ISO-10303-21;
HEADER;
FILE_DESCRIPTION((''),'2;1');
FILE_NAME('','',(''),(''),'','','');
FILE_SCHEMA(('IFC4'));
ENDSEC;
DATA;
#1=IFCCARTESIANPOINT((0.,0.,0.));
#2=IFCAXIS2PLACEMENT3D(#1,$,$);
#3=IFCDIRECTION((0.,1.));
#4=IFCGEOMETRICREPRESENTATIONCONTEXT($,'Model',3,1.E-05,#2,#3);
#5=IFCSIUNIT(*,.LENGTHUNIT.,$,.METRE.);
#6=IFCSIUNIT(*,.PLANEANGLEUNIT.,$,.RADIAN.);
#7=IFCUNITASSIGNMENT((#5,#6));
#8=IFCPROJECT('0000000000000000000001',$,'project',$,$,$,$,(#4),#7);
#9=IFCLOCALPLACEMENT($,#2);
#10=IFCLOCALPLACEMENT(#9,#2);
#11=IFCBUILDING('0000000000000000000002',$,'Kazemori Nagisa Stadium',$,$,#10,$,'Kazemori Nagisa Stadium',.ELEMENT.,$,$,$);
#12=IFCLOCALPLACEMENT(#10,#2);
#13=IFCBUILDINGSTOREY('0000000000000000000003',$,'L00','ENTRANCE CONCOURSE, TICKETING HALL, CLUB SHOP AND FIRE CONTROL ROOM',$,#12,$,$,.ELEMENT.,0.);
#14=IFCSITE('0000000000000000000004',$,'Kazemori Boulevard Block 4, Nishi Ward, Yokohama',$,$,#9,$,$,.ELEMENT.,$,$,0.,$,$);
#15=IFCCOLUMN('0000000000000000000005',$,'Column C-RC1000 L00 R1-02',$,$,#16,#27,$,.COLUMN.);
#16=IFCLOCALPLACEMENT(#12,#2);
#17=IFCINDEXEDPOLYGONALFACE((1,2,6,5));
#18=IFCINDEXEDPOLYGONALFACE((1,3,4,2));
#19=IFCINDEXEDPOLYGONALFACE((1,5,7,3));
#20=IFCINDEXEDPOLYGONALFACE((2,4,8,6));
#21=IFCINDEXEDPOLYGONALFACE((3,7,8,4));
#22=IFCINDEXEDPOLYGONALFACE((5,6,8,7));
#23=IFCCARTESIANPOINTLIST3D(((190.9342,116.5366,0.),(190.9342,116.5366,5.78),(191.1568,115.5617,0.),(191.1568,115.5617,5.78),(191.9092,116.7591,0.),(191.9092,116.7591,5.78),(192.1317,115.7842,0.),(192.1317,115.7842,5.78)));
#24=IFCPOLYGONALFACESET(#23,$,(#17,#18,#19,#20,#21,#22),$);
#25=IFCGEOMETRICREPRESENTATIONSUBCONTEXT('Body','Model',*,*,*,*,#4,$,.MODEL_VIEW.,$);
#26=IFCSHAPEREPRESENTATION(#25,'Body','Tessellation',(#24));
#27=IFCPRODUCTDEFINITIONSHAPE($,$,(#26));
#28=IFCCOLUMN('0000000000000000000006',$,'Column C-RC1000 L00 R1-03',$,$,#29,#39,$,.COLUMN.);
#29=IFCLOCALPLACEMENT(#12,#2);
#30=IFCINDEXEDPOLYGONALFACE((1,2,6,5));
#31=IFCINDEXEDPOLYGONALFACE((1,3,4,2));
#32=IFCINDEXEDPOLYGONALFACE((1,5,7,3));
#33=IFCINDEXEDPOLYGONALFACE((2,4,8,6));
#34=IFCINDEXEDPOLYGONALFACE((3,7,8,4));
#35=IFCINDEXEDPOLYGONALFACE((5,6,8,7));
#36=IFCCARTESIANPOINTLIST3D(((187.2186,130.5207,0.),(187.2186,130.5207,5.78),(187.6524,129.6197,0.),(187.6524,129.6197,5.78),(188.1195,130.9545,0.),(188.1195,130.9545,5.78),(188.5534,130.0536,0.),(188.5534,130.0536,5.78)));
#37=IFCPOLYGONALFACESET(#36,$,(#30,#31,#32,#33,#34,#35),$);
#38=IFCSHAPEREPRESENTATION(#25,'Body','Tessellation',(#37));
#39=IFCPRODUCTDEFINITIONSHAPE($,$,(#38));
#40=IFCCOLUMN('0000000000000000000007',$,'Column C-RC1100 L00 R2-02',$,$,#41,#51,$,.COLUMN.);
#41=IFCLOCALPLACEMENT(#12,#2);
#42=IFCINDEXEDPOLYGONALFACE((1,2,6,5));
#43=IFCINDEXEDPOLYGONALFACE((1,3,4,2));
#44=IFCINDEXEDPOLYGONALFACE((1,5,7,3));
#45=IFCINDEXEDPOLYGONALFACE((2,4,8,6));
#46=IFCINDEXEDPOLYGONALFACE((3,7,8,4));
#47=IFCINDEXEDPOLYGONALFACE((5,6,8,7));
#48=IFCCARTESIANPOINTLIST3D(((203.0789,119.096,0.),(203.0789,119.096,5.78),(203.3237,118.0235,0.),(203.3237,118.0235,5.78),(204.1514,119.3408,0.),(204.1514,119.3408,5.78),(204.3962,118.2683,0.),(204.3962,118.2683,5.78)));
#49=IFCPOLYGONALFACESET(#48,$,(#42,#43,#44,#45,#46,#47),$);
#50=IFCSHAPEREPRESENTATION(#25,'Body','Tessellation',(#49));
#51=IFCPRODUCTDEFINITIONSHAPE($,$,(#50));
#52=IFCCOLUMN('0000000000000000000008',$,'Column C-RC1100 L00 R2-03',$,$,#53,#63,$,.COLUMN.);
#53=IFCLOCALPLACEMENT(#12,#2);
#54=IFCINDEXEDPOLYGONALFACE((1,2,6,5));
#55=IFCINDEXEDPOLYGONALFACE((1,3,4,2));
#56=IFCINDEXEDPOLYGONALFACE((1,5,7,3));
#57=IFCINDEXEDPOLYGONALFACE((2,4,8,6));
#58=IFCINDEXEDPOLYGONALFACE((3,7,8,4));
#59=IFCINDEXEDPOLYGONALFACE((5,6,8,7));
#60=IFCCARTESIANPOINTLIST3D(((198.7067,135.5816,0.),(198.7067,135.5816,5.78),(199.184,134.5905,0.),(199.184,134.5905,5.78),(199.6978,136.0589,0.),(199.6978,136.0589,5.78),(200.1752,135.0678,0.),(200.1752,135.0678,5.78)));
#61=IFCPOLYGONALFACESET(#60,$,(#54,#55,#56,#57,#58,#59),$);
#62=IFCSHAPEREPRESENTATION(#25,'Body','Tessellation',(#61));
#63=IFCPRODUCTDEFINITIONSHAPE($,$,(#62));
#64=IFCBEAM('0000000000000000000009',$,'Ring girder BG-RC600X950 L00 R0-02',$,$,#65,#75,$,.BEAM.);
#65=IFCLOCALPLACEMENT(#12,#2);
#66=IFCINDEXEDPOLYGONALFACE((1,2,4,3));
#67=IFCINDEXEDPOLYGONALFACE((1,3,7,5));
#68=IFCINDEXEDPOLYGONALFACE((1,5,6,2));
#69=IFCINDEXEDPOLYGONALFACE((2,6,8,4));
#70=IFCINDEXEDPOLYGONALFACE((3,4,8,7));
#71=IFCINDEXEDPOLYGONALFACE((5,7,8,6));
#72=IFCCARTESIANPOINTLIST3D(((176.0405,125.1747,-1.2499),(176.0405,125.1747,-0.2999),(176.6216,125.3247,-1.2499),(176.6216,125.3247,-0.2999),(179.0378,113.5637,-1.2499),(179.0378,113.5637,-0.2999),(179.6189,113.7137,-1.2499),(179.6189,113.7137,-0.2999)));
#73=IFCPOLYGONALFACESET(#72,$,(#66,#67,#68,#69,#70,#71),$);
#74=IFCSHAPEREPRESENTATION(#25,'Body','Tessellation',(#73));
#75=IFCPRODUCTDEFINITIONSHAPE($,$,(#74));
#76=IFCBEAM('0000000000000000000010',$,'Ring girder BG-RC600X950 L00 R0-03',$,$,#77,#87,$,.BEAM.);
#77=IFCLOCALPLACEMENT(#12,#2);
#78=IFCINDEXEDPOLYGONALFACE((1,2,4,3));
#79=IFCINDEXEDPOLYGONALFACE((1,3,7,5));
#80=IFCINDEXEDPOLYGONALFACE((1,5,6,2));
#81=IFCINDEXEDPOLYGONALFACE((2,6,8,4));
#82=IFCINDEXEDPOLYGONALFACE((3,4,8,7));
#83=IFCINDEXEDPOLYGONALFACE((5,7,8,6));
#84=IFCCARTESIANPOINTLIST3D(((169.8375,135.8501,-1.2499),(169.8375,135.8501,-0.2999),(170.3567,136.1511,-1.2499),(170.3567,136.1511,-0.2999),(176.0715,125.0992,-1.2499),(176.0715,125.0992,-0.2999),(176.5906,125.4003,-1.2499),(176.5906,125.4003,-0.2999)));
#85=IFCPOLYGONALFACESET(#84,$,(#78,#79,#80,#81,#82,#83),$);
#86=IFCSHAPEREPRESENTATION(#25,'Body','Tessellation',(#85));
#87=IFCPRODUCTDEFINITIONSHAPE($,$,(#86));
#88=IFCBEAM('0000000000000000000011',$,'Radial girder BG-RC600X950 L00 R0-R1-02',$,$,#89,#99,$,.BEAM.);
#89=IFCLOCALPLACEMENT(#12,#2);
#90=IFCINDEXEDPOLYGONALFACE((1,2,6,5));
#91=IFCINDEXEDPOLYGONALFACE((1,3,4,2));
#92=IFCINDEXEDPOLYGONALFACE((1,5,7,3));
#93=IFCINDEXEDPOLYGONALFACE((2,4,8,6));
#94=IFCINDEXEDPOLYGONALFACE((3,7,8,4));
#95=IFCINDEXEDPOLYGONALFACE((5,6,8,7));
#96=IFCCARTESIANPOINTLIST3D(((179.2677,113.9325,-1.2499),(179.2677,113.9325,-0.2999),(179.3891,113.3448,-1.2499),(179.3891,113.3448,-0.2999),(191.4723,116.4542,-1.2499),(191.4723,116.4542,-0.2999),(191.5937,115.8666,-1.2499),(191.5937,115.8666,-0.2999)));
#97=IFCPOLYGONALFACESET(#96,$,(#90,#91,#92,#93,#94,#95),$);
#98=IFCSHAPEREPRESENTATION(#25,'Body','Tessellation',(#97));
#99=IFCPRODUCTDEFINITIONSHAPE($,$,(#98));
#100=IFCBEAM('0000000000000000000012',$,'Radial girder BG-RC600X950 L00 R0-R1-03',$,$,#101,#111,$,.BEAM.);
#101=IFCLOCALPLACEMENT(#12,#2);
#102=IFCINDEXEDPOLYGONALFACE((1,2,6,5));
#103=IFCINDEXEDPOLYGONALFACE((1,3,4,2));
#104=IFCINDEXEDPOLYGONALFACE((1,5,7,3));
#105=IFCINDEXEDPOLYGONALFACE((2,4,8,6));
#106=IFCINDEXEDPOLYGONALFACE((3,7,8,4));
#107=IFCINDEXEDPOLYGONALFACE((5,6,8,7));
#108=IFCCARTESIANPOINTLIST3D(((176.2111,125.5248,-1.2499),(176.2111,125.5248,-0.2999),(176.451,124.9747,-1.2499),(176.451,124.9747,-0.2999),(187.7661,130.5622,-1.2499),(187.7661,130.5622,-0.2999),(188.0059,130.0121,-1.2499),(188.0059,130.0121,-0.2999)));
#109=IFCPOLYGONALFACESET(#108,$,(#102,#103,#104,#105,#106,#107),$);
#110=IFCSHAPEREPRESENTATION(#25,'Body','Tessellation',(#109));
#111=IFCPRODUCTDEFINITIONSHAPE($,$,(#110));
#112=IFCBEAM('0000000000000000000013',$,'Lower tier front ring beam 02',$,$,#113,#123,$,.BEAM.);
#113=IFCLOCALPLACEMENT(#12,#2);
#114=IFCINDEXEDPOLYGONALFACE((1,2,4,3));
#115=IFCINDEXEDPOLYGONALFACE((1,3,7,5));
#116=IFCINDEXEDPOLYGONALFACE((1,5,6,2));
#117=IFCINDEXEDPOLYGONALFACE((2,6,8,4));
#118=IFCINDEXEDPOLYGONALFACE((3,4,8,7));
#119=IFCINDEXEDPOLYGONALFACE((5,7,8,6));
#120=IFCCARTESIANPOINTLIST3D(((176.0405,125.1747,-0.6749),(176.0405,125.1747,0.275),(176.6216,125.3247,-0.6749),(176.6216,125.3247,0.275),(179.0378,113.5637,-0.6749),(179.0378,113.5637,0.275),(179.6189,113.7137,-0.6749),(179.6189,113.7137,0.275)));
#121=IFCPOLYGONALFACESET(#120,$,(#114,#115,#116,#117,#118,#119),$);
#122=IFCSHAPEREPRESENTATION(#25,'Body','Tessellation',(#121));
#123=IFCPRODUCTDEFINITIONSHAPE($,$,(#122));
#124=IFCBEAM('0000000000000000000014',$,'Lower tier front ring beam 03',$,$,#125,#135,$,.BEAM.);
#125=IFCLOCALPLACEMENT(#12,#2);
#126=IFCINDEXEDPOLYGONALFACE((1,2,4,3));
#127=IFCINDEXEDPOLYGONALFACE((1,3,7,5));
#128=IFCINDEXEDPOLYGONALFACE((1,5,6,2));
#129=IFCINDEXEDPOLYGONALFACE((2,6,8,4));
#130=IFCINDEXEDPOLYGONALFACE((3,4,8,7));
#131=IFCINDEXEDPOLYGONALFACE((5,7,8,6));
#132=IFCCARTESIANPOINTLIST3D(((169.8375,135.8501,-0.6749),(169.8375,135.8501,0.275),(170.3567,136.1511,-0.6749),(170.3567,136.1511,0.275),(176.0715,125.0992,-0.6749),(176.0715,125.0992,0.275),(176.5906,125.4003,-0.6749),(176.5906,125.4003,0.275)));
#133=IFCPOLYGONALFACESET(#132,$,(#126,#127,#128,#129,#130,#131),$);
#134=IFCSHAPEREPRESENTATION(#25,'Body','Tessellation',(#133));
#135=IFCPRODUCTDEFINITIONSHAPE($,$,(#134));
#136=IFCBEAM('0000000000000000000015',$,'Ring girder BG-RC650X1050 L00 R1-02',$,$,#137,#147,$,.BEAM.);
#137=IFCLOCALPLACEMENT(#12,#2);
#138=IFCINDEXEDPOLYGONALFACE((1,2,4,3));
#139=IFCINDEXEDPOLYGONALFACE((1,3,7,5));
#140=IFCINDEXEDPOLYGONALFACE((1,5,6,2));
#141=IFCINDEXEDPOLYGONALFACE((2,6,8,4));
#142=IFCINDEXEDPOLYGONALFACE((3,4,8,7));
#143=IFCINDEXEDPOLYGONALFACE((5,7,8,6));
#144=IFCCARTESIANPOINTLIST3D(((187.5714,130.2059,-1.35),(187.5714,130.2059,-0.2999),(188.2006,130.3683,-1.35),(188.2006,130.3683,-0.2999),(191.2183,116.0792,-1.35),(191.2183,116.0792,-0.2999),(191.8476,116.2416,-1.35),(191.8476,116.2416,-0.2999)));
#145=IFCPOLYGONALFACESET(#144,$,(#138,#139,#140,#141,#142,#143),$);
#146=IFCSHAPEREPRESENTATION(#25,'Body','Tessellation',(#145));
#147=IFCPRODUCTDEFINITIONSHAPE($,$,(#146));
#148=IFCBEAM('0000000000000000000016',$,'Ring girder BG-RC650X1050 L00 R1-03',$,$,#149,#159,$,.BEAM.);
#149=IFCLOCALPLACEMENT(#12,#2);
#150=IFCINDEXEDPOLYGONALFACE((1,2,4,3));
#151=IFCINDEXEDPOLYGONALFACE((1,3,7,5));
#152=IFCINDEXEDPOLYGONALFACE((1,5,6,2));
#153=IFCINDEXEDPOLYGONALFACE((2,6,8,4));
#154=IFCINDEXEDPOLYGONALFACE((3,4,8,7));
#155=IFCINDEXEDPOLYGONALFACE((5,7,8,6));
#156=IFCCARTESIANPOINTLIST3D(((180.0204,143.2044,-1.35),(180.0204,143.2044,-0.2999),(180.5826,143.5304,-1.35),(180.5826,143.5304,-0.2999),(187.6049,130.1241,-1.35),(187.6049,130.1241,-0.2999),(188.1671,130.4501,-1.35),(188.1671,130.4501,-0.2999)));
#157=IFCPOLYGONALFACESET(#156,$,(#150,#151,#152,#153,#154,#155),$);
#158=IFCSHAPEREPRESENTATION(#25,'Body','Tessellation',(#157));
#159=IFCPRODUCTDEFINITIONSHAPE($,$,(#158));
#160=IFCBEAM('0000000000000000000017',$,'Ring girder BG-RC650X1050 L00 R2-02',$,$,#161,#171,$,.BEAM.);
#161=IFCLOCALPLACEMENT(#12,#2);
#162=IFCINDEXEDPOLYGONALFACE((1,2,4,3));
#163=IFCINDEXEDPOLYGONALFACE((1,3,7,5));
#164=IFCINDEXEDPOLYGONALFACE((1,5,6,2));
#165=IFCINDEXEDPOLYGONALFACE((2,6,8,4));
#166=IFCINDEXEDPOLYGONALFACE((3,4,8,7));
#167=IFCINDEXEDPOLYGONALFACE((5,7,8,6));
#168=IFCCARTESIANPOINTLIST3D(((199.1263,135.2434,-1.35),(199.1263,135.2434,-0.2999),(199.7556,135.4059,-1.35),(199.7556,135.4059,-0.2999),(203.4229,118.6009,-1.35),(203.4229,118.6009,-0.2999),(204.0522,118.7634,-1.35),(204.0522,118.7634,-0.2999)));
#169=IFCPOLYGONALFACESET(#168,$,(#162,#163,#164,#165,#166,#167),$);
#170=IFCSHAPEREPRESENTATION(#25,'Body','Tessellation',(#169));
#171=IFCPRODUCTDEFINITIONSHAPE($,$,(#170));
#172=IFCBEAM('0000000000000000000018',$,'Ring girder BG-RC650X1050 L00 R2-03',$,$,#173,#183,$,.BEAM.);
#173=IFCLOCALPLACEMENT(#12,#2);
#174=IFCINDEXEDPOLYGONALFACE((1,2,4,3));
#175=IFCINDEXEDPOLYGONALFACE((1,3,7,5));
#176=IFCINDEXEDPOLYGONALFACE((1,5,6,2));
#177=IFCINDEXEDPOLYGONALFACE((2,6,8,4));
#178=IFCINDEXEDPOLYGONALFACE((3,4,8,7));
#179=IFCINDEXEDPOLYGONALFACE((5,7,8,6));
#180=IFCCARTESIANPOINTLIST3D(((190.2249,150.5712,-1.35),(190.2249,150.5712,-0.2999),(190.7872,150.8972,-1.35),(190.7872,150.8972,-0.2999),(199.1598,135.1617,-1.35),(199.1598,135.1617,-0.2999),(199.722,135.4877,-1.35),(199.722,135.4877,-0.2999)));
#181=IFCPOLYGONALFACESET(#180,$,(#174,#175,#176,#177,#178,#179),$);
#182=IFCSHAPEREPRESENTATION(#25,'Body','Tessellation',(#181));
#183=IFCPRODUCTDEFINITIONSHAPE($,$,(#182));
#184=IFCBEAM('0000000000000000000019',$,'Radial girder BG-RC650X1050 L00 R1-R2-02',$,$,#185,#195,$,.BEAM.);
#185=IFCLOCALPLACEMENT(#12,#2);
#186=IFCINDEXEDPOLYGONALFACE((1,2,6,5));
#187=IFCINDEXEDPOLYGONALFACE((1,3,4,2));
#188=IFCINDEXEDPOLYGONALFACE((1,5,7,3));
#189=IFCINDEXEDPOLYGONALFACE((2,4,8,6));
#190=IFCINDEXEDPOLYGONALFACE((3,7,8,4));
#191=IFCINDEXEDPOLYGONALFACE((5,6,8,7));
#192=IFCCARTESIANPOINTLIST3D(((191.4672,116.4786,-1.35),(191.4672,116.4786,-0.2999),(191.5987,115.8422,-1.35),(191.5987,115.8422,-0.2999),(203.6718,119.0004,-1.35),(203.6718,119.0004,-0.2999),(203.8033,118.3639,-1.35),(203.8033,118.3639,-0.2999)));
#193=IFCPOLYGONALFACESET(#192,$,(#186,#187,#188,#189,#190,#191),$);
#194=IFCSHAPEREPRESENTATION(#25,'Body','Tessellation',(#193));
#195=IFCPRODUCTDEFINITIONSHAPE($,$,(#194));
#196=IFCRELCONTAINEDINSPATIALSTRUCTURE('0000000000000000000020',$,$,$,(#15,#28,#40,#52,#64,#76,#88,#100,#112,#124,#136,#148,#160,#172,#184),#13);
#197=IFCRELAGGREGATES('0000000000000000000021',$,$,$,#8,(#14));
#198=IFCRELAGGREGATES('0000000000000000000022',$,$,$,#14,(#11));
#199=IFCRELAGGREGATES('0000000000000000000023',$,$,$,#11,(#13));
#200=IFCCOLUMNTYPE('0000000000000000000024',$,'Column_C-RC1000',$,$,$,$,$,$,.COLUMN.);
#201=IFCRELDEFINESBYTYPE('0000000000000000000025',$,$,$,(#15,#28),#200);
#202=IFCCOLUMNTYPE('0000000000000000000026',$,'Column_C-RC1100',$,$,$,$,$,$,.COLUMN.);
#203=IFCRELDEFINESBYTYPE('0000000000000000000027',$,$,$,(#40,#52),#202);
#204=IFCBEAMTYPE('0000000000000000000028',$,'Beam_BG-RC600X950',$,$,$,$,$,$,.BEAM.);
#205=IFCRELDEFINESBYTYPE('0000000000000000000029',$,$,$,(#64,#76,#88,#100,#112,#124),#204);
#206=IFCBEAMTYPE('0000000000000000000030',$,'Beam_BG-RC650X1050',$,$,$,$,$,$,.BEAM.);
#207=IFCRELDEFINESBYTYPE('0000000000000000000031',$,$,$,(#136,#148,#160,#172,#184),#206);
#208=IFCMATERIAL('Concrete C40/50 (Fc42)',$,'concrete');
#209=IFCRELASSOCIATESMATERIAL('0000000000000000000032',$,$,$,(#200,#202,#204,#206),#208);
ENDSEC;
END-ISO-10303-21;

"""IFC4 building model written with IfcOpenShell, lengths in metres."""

from ifc_helpers import new_model, si_unit, direction, frame, origin, origin_2d, place, context, subcontext, project, spatial, rectangle, extrude, material, material_profile, profile_set, type_object, element, save


model = new_model("IFC4")

# Units and contexts
model_context = context("Model", 3, precision=1e-05, world=origin(), true_north=direction((0.0, 1.0)))
body_context = subcontext(model_context, "Body", "Model", "MODEL_VIEW")
ifc_project = project(units=[si_unit("LENGTHUNIT", "METRE"), si_unit("PLANEANGLEUNIT", "RADIAN")], contexts=[model_context])

# Site, building, storey
site_placement = place(None, origin())
site = spatial("IfcSite", under=ifc_project, at=site_placement, Name="Kazemori Boulevard Block 4, Nishi Ward, Yokohama", CompositionType="ELEMENT", RefElevation=0.0)
building_placement = place(site_placement, origin())
building = spatial("IfcBuilding", under=site, at=building_placement, Name="Kazemori Nagisa Stadium", LongName="Kazemori Nagisa Stadium", CompositionType="ELEMENT")
storey_placement = place(building_placement, origin())
storey = spatial("IfcBuildingStorey", under=building, at=storey_placement, Name="L00", Description="ENTRANCE CONCOURSE, TICKETING HALL, CLUB SHOP AND FIRE CONTROL ROOM", CompositionType="ELEMENT", Elevation=0.0)

# Columns
ifc_material_1 = material(Name="Concrete C40/50 (Fc42)", Category="concrete")
ifc_material_profile_1 = material_profile(ifc_material_1, rectangle(XDim=1.0, YDim=1.0, at=origin_2d()), Name="RC-COL-1000x1000")
ifc_profile_set_1 = profile_set([ifc_material_profile_1], Name="Concrete C40/50 (Fc42)")
column_type_1 = type_object("IfcColumnType", Name="Column_C-RC1000", PredefinedType="COLUMN", material=ifc_profile_set_1)
for number, where, z_axis, x_axis, name in (
    (1, (191.533, 116.1604, 0.0), (0.0, 0.0, 1.0), (0.974928, 0.222521, 0.0), "Column C-RC1000 L00 R1-02"),
    (2, (187.886, 130.2871, 0.0), (0.0, 0.0, 1.0), (0.900969, 0.433884, 0.0), "Column C-RC1000 L00 R1-03"),
):
    element("IfcColumn", number, at=place(storey_placement, frame(where, z_axis=z_axis, x_axis=x_axis)), inside=storey, type_object=column_type_1, Name=name, PredefinedType="COLUMN", context=body_context, shape_type="SweptSolid", body=[
        extrude(rectangle(XDim=1.0, YDim=1.0, at=origin_2d()), origin(), (0.0, 0.0, 1.0), 5.78),
    ])
ifc_material_profile_2 = material_profile(ifc_material_1, rectangle(XDim=1.1001, YDim=1.1001, at=origin_2d()), Name="RC-COL-1100x1100")
ifc_profile_set_2 = profile_set([ifc_material_profile_2], Name="Concrete C40/50 (Fc42)")
column_type_2 = type_object("IfcColumnType", Name="Column_C-RC1100", PredefinedType="COLUMN", material=ifc_profile_set_2)
for number, where, z_axis, x_axis, name in (
    (3, (203.7375, 118.6821, 0.0), (0.0, 0.0, 1.0), (0.974928, 0.222521, 0.0), "Column C-RC1100 L00 R2-02"),
    (4, (199.4409, 135.3247, 0.0), (0.0, 0.0, 1.0), (0.900969, 0.433884, 0.0), "Column C-RC1100 L00 R2-03"),
):
    element("IfcColumn", number, at=place(storey_placement, frame(where, z_axis=z_axis, x_axis=x_axis)), inside=storey, type_object=column_type_2, Name=name, PredefinedType="COLUMN", context=body_context, shape_type="SweptSolid", body=[
        extrude(rectangle(XDim=1.1001, YDim=1.1001, at=origin_2d()), origin(), (0.0, 0.0, 1.0), 5.78),
    ])

# Beams
ifc_material_profile_3 = material_profile(ifc_material_1, rectangle(XDim=0.6001, YDim=0.95, at=origin_2d()), Name="RC-BM-600x950")
ifc_profile_set_3 = profile_set([ifc_material_profile_3], Name="Concrete C40/50 (Fc42)")
beam_type_1 = type_object("IfcBeamType", Name="Beam_BG-RC600X950", PredefinedType="BEAM", material=ifc_profile_set_3)
beam_1_placement = place(storey_placement, frame((179.3284, 113.6387, -0.7749), z_axis=(-0.249949, 0.968259, 0.0), x_axis=(-0.968259, -0.249949, 0.0)))
element("IfcBeam", 5, at=beam_1_placement, inside=storey, type_object=beam_type_1, Name="Ring girder BG-RC600X950 L00 R0-02", PredefinedType="BEAM", context=body_context, shape_type="SweptSolid", body=[
    extrude(rectangle(XDim=0.6001, YDim=0.95, at=origin_2d()), origin(), (0.0, 0.0, 1.0), 11.9917),
])
beam_2_placement = place(storey_placement, frame((176.3311, 125.2498, -0.7749), z_axis=(-0.501625, 0.865085, 0.0), x_axis=(-0.865085, -0.501625, 0.0)))
element("IfcBeam", 6, at=beam_2_placement, inside=storey, type_object=beam_type_1, Name="Ring girder BG-RC600X950 L00 R0-03", PredefinedType="BEAM", context=body_context, shape_type="SweptSolid", body=[
    extrude(rectangle(XDim=0.6001, YDim=0.95, at=origin_2d()), origin(), (0.0, 0.0, 1.0), 12.4275),
])
beam_3_placement = place(storey_placement, frame((179.3284, 113.6387, -0.7749), z_axis=(0.979314, 0.202347, 0.0), x_axis=(-0.202347, 0.979314, 0.0)))
element("IfcBeam", 7, at=beam_3_placement, inside=storey, type_object=beam_type_1, Name="Radial girder BG-RC600X950 L00 R0-R1-02", PredefinedType="BEAM", context=body_context, shape_type="SweptSolid", body=[
    extrude(rectangle(XDim=0.6001, YDim=0.95, at=origin_2d()), origin(), (0.0, 0.0, 1.0), 12.4624),
])
beam_4_placement = place(storey_placement, frame((176.3311, 125.2498, -0.7749), z_axis=(0.916679, 0.399625, 0.0), x_axis=(-0.399625, 0.916679, 0.0)))
element("IfcBeam", 8, at=beam_4_placement, inside=storey, type_object=beam_type_1, Name="Radial girder BG-RC600X950 L00 R0-R1-03", PredefinedType="BEAM", context=body_context, shape_type="SweptSolid", body=[
    extrude(rectangle(XDim=0.6001, YDim=0.95, at=origin_2d()), origin(), (0.0, 0.0, 1.0), 12.6052),
])
beam_5_placement = place(storey_placement, frame((179.3284, 113.6387, -0.2), z_axis=(-0.249949, 0.968259, 0.0), x_axis=(-0.968259, -0.249949, 0.0)))
element("IfcBeam", 9, at=beam_5_placement, inside=storey, type_object=beam_type_1, Name="Lower tier front ring beam 02", PredefinedType="BEAM", context=body_context, shape_type="SweptSolid", body=[
    extrude(rectangle(XDim=0.6001, YDim=0.95, at=origin_2d()), origin(), (0.0, 0.0, 1.0), 11.9917),
])
beam_6_placement = place(storey_placement, frame((176.3311, 125.2498, -0.2), z_axis=(-0.501625, 0.865085, 0.0), x_axis=(-0.865085, -0.501625, 0.0)))
element("IfcBeam", 10, at=beam_6_placement, inside=storey, type_object=beam_type_1, Name="Lower tier front ring beam 03", PredefinedType="BEAM", context=body_context, shape_type="SweptSolid", body=[
    extrude(rectangle(XDim=0.6001, YDim=0.95, at=origin_2d()), origin(), (0.0, 0.0, 1.0), 12.4275),
])
ifc_material_profile_4 = material_profile(ifc_material_1, rectangle(XDim=0.6499, YDim=1.05, at=origin_2d()), Name="RC-BM-650x1050")
ifc_profile_set_4 = profile_set([ifc_material_profile_4], Name="Concrete C40/50 (Fc42)")
beam_type_2 = type_object("IfcBeamType", Name="Beam_BG-RC650X1050", PredefinedType="BEAM", material=ifc_profile_set_4)
beam_7_placement = place(storey_placement, frame((191.533, 116.1604, -0.825), z_axis=(-0.249966, 0.968255, 0.0), x_axis=(-0.968255, -0.249966, 0.0)))
element("IfcBeam", 11, at=beam_7_placement, inside=storey, type_object=beam_type_2, Name="Ring girder BG-RC650X1050 L00 R1-02", PredefinedType="BEAM", context=body_context, shape_type="SweptSolid", body=[
    extrude(rectangle(XDim=0.6499, YDim=1.05, at=origin_2d()), origin(), (0.0, 0.0, 1.0), 14.5898),
])
beam_8_placement = place(storey_placement, frame((187.886, 130.2871, -0.825), z_axis=(-0.501613, 0.865092, 0.0), x_axis=(-0.865092, -0.501613, 0.0)))
element("IfcBeam", 12, at=beam_8_placement, inside=storey, type_object=beam_type_2, Name="Ring girder BG-RC650X1050 L00 R1-03", PredefinedType="BEAM", context=body_context, shape_type="SweptSolid", body=[
    extrude(rectangle(XDim=0.6499, YDim=1.05, at=origin_2d()), origin(), (0.0, 0.0, 1.0), 15.1201),
])
beam_9_placement = place(storey_placement, frame((203.7375, 118.6821, -0.825), z_axis=(-0.249975, 0.968252, 0.0), x_axis=(-0.968252, -0.249975, 0.0)))
element("IfcBeam", 13, at=beam_9_placement, inside=storey, type_object=beam_type_2, Name="Ring girder BG-RC650X1050 L00 R2-02", PredefinedType="BEAM", context=body_context, shape_type="SweptSolid", body=[
    extrude(rectangle(XDim=0.6499, YDim=1.05, at=origin_2d()), origin(), (0.0, 0.0, 1.0), 17.1882),
])
beam_10_placement = place(storey_placement, frame((199.4409, 135.3247, -0.825), z_axis=(-0.501607, 0.865096, 0.0), x_axis=(-0.865096, -0.501607, 0.0)))
element("IfcBeam", 14, at=beam_10_placement, inside=storey, type_object=beam_type_2, Name="Ring girder BG-RC650X1050 L00 R2-03", PredefinedType="BEAM", context=body_context, shape_type="SweptSolid", body=[
    extrude(rectangle(XDim=0.6499, YDim=1.05, at=origin_2d()), origin(), (0.0, 0.0, 1.0), 17.8125),
])
beam_11_placement = place(storey_placement, frame((191.533, 116.1604, -0.825), z_axis=(0.979314, 0.202347, 0.0), x_axis=(-0.202347, 0.979314, 0.0)))
element("IfcBeam", 15, at=beam_11_placement, inside=storey, type_object=beam_type_2, Name="Radial girder BG-RC650X1050 L00 R1-R2-02", PredefinedType="BEAM", context=body_context, shape_type="SweptSolid", body=[
    extrude(rectangle(XDim=0.6499, YDim=1.05, at=origin_2d()), origin(), (0.0, 0.0, 1.0), 12.4624),
])

save(model, "model.ifc")
